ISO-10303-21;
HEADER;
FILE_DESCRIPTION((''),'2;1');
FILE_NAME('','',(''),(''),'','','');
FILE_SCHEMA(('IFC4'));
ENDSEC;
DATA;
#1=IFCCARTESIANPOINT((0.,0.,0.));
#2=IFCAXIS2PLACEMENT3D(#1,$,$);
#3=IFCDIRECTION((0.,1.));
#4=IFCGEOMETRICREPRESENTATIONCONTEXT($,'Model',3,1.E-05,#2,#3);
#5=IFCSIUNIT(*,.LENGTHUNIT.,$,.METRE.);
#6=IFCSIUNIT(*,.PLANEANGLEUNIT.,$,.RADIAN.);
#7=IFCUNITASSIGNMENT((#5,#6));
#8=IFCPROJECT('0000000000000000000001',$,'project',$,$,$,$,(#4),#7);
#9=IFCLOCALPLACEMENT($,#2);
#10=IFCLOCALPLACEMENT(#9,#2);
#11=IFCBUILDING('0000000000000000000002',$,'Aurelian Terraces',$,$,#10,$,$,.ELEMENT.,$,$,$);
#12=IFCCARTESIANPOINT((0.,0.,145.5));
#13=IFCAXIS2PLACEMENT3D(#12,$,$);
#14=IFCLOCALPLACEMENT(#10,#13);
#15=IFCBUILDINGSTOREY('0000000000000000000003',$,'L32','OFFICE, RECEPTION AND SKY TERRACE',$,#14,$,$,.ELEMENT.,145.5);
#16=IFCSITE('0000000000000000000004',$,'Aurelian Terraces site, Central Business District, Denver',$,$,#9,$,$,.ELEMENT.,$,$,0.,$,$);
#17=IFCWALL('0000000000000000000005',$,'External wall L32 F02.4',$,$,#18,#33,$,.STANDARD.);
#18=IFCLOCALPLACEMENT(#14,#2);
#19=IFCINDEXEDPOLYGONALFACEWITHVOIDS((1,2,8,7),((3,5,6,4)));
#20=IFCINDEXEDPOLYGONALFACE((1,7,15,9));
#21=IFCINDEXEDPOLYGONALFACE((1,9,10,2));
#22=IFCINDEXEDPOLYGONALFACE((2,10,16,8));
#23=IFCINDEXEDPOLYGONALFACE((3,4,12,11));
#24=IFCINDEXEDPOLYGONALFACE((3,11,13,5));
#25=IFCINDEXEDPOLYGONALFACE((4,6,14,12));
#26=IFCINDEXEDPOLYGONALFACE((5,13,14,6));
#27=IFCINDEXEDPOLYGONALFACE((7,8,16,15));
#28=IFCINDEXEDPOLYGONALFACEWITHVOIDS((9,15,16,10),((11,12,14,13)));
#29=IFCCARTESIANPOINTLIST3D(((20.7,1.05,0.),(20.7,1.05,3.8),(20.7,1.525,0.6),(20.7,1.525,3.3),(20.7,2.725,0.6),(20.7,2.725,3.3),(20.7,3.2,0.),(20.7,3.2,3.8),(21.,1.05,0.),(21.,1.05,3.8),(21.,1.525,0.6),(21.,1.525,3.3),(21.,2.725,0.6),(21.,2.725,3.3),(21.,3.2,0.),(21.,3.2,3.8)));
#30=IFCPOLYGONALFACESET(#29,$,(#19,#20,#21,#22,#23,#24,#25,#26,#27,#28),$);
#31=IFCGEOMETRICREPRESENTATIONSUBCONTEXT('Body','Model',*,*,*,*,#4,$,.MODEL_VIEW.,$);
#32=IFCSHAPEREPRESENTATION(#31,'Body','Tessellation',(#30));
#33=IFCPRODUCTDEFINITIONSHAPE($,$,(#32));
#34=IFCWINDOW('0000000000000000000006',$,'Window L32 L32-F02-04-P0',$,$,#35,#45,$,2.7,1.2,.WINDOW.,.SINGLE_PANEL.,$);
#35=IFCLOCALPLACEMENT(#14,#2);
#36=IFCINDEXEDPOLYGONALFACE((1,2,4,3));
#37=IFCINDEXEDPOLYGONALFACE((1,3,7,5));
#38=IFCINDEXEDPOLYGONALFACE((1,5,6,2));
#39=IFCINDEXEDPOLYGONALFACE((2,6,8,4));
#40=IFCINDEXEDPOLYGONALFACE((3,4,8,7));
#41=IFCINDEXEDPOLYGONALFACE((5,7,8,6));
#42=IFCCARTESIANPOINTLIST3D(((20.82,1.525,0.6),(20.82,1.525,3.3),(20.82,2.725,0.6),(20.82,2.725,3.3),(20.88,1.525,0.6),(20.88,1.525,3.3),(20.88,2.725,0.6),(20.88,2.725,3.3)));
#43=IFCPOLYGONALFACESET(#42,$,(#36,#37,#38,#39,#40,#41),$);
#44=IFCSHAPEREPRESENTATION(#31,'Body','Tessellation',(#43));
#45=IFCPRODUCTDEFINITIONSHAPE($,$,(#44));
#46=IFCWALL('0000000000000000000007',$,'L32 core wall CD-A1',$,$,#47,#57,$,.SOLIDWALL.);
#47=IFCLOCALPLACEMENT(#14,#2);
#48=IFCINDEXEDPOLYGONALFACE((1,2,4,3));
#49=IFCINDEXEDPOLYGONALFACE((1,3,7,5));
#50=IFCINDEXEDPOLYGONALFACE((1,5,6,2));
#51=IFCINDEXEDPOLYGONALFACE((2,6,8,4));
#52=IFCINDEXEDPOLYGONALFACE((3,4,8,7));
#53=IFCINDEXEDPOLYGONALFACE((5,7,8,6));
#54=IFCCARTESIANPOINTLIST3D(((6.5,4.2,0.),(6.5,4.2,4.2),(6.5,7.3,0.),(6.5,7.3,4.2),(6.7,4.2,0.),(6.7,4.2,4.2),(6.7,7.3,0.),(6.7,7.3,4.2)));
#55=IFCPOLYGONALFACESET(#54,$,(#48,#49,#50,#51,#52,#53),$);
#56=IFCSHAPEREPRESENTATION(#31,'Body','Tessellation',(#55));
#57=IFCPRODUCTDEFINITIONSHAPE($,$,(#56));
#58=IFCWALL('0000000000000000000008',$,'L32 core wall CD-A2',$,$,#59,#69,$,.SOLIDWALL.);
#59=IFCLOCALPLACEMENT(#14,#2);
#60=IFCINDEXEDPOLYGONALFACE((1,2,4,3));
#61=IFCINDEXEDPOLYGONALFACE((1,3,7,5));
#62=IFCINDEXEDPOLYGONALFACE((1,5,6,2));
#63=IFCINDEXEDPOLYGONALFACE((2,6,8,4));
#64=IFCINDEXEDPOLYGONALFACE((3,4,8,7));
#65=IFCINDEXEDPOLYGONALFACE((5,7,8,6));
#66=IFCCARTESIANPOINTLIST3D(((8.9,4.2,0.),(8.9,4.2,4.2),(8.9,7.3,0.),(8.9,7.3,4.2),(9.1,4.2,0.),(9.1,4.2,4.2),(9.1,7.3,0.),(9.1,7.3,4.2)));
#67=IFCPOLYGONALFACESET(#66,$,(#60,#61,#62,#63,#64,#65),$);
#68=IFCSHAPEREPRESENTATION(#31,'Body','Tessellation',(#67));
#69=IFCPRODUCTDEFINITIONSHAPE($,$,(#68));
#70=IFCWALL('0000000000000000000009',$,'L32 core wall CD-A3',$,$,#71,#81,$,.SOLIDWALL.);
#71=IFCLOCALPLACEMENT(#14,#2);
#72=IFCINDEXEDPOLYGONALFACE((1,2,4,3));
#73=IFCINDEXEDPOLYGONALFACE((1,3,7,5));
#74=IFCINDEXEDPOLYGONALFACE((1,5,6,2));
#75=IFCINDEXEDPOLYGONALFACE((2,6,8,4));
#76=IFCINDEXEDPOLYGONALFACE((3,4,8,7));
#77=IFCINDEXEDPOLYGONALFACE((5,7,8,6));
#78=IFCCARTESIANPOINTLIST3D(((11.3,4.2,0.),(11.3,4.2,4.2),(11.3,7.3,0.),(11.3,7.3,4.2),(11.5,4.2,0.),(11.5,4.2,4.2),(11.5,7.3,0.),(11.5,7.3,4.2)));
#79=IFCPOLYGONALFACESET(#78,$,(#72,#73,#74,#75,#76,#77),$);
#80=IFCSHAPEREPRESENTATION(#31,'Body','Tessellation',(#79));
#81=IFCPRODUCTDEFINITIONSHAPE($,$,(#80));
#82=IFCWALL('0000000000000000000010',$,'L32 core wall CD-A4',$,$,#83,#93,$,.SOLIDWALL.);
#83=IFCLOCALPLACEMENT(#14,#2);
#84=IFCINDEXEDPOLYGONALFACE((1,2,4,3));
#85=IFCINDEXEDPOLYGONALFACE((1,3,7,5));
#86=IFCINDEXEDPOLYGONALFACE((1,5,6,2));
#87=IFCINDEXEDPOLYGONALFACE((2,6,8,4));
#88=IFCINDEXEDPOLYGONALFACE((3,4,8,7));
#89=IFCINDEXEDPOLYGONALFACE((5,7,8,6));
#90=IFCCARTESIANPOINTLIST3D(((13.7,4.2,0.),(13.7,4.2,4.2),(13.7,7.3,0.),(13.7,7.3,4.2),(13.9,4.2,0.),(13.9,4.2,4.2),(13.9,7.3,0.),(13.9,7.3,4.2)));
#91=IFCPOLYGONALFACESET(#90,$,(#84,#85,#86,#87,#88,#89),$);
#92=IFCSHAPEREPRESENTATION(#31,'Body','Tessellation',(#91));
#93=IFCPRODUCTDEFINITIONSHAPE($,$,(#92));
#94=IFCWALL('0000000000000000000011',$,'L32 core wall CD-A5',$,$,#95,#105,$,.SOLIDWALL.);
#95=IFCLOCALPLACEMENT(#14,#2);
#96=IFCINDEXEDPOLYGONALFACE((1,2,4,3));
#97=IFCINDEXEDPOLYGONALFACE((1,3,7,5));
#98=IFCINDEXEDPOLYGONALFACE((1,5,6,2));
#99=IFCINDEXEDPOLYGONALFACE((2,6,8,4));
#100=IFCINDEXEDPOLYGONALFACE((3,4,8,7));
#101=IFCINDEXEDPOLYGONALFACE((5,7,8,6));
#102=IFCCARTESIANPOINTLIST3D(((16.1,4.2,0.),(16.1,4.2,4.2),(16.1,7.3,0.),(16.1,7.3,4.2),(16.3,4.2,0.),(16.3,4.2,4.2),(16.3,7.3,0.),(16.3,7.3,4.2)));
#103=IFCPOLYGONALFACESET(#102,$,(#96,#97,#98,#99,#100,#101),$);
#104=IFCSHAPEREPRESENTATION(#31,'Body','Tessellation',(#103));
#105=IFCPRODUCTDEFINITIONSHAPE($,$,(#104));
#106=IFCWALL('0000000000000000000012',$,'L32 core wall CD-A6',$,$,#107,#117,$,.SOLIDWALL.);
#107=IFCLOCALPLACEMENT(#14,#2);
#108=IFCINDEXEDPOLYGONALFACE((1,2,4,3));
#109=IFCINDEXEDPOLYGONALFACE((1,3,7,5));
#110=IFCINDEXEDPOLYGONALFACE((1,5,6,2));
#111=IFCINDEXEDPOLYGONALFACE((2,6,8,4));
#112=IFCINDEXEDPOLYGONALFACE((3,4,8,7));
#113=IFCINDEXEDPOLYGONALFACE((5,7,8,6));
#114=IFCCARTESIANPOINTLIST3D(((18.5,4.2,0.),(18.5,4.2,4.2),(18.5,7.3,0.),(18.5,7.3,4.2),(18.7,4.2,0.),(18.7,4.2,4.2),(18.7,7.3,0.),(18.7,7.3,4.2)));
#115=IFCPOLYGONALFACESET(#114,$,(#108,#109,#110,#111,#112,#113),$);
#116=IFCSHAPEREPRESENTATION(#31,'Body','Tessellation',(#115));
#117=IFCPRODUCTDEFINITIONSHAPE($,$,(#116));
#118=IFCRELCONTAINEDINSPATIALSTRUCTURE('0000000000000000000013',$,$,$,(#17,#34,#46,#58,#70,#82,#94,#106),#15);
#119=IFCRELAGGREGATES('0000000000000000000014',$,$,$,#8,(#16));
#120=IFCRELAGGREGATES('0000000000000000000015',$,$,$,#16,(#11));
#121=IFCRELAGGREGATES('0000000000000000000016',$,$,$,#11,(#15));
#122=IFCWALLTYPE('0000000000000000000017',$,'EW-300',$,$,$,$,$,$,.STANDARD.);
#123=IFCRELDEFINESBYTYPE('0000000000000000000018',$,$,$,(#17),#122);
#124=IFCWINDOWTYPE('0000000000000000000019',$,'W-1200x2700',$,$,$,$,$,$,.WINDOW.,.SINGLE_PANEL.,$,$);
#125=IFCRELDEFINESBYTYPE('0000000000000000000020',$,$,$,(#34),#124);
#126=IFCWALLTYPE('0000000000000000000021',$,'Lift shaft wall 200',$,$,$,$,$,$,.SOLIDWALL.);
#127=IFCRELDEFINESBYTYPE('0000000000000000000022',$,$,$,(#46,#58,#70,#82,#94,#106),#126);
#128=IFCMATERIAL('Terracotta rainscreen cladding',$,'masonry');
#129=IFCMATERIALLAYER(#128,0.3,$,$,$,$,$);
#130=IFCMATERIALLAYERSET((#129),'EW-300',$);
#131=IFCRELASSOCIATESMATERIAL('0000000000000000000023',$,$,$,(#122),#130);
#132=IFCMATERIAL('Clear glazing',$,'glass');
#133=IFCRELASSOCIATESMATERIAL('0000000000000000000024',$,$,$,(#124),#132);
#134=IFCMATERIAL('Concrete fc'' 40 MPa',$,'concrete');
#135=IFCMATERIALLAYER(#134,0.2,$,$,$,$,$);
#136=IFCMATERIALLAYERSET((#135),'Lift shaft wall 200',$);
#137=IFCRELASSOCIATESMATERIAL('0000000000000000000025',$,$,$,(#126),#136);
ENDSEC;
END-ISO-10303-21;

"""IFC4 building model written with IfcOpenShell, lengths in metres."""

from ifc_helpers import new_model, si_unit, direction, frame, frame_2d, origin, place, context, subcontext, project, spatial, rectangle, extrude, source, transform, mapped, material, layer, layer_set, type_object, element, fill, save


model = new_model("IFC4")

# Units and contexts
model_context = context("Model", 3, precision=1e-05, world=origin(), true_north=direction((0.0, 1.0)))
body_context = subcontext(model_context, "Body", "Model", "MODEL_VIEW")
ifc_project = project(units=[si_unit("LENGTHUNIT", "METRE"), si_unit("PLANEANGLEUNIT", "RADIAN")], contexts=[model_context])

# Site, building, storey
site_placement = place(None, origin())
site = spatial("IfcSite", under=ifc_project, at=site_placement, Name="Aurelian Terraces site, Central Business District, Denver", CompositionType="ELEMENT", RefElevation=0.0)
building_placement = place(site_placement, origin())
building = spatial("IfcBuilding", under=site, at=building_placement, Name="Aurelian Terraces", CompositionType="ELEMENT")
storey_placement = place(building_placement, frame((0.0, 0.0, 145.5)))
storey = spatial("IfcBuildingStorey", under=building, at=storey_placement, Name="L32", Description="OFFICE, RECEPTION AND SKY TERRACE", CompositionType="ELEMENT", Elevation=145.5)

# Shared definitions
ifc_material_1 = material(Name="Concrete fc' 40 MPa", Category="concrete")

# Shared definitions
ifc_material_2 = material(Name="Terracotta rainscreen cladding", Category="masonry")

# Shared definitions
ifc_layer_1 = layer(ifc_material_2, 0.3)
ifc_layer_set_1 = layer_set([ifc_layer_1], Name="EW-300")
wall_type_1 = type_object("IfcWallType", Name="EW-300", PredefinedType="STANDARD", material=ifc_layer_set_1)
ifc_material_3 = material(Name="Clear glazing", Category="glass")

# Wall, opening, window
shared_shape_1 = source(origin(), body_context, "Body", "SweptSolid", [
    extrude(rectangle(XDim=2.15, YDim=0.3, at=frame_2d((1.075, 0.0))), origin(), (0.0, 0.0, 1.0), 3.8),
])
wall_1_placement = place(storey_placement, frame((20.85, 1.05, 0.0), z_axis=(0.0, 0.0, 1.0), x_axis=(0.0, 1.0, 0.0)))
wall_1 = element("IfcWall", 1, at=wall_1_placement, inside=storey, type_object=wall_type_1, Name="External wall L32 F02.4", PredefinedType="STANDARD", context=body_context, shape_type="MappedRepresentation", body=[
    mapped(shared_shape_1, transform((0.0, 0.0, 0.0), scale=1.0)),
])
shared_shape_2 = source(origin(), body_context, "Body", "SweptSolid", [
    extrude(rectangle(XDim=1.2, YDim=2.7, at=frame_2d((0.6, 1.35))), frame((0.0, 0.16, 0.0), z_axis=(0.0, -1.0, 0.0), x_axis=(1.0, 0.0, 0.0)), (0.0, 0.0, 1.0), 0.32),
])
opening_1_placement = place(wall_1_placement, frame((0.475, 0.0, 0.6)))
opening_1 = element("IfcOpeningElement", 2, at=opening_1_placement, cuts=wall_1, PredefinedType="OPENING", context=body_context, shape_type="MappedRepresentation", body=[
    mapped(shared_shape_2, transform((0.0, 0.0, 0.0), scale=1.0)),
])
window_type_1 = type_object("IfcWindowType", Name="W-1200x2700", PartitioningType="SINGLE_PANEL", PredefinedType="WINDOW", material=ifc_material_3)
shared_shape_3 = source(origin(), body_context, "Body", "SweptSolid", [
    extrude(rectangle(XDim=1.2, YDim=2.7, at=frame_2d((0.6, 1.35))), frame((0.0, 0.03, 0.0), z_axis=(0.0, -1.0, 0.0), x_axis=(1.0, 0.0, 0.0)), (0.0, 0.0, 1.0), 0.06),
])
window_1_placement = place(opening_1_placement, origin())
window_1 = element("IfcWindow", 3, at=window_1_placement, inside=storey, type_object=window_type_1, Name="Window L32 L32-F02-04-P0", OverallHeight=2.7, OverallWidth=1.2, PartitioningType="SINGLE_PANEL", PredefinedType="WINDOW", context=body_context, shape_type="MappedRepresentation", body=[
    mapped(shared_shape_3, transform((0.0, 0.0, 0.0), scale=1.0)),
])
fill(opening_1, window_1)

# Walls
ifc_layer_2 = layer(ifc_material_1, 0.2)
ifc_layer_set_2 = layer_set([ifc_layer_2], Name="Lift shaft wall 200")
wall_type_2 = type_object("IfcWallType", Name="Lift shaft wall 200", PredefinedType="SOLIDWALL", material=ifc_layer_set_2)
shared_shape_4 = source(origin(), body_context, "Body", "SweptSolid", [
    extrude(rectangle(XDim=3.1, YDim=0.2, at=frame_2d((1.55, 0.0))), origin(), (0.0, 0.0, 1.0), 4.2),
])
for number, where, z_axis, x_axis, name in (
    (4, (6.6, 4.2, 0.0), (0.0, 0.0, 1.0), (0.0, 1.0, 0.0), "L32 core wall CD-A1"),
    (5, (9.0, 4.2, 0.0), (0.0, 0.0, 1.0), (0.0, 1.0, 0.0), "L32 core wall CD-A2"),
    (6, (11.4, 4.2, 0.0), (0.0, 0.0, 1.0), (0.0, 1.0, 0.0), "L32 core wall CD-A3"),
    (7, (13.8, 4.2, 0.0), (0.0, 0.0, 1.0), (0.0, 1.0, 0.0), "L32 core wall CD-A4"),
    (8, (16.2, 4.2, 0.0), (0.0, 0.0, 1.0), (0.0, 1.0, 0.0), "L32 core wall CD-A5"),
    (9, (18.6, 4.2, 0.0), (0.0, 0.0, 1.0), (0.0, 1.0, 0.0), "L32 core wall CD-A6"),
):
    element("IfcWall", number, at=place(storey_placement, frame(where, z_axis=z_axis, x_axis=x_axis)), inside=storey, type_object=wall_type_2, Name=name, PredefinedType="SOLIDWALL", context=body_context, shape_type="MappedRepresentation", body=[
        mapped(shared_shape_4, transform((0.0, 0.0, 0.0), scale=1.0)),
    ])

save(model, "model.ifc")
